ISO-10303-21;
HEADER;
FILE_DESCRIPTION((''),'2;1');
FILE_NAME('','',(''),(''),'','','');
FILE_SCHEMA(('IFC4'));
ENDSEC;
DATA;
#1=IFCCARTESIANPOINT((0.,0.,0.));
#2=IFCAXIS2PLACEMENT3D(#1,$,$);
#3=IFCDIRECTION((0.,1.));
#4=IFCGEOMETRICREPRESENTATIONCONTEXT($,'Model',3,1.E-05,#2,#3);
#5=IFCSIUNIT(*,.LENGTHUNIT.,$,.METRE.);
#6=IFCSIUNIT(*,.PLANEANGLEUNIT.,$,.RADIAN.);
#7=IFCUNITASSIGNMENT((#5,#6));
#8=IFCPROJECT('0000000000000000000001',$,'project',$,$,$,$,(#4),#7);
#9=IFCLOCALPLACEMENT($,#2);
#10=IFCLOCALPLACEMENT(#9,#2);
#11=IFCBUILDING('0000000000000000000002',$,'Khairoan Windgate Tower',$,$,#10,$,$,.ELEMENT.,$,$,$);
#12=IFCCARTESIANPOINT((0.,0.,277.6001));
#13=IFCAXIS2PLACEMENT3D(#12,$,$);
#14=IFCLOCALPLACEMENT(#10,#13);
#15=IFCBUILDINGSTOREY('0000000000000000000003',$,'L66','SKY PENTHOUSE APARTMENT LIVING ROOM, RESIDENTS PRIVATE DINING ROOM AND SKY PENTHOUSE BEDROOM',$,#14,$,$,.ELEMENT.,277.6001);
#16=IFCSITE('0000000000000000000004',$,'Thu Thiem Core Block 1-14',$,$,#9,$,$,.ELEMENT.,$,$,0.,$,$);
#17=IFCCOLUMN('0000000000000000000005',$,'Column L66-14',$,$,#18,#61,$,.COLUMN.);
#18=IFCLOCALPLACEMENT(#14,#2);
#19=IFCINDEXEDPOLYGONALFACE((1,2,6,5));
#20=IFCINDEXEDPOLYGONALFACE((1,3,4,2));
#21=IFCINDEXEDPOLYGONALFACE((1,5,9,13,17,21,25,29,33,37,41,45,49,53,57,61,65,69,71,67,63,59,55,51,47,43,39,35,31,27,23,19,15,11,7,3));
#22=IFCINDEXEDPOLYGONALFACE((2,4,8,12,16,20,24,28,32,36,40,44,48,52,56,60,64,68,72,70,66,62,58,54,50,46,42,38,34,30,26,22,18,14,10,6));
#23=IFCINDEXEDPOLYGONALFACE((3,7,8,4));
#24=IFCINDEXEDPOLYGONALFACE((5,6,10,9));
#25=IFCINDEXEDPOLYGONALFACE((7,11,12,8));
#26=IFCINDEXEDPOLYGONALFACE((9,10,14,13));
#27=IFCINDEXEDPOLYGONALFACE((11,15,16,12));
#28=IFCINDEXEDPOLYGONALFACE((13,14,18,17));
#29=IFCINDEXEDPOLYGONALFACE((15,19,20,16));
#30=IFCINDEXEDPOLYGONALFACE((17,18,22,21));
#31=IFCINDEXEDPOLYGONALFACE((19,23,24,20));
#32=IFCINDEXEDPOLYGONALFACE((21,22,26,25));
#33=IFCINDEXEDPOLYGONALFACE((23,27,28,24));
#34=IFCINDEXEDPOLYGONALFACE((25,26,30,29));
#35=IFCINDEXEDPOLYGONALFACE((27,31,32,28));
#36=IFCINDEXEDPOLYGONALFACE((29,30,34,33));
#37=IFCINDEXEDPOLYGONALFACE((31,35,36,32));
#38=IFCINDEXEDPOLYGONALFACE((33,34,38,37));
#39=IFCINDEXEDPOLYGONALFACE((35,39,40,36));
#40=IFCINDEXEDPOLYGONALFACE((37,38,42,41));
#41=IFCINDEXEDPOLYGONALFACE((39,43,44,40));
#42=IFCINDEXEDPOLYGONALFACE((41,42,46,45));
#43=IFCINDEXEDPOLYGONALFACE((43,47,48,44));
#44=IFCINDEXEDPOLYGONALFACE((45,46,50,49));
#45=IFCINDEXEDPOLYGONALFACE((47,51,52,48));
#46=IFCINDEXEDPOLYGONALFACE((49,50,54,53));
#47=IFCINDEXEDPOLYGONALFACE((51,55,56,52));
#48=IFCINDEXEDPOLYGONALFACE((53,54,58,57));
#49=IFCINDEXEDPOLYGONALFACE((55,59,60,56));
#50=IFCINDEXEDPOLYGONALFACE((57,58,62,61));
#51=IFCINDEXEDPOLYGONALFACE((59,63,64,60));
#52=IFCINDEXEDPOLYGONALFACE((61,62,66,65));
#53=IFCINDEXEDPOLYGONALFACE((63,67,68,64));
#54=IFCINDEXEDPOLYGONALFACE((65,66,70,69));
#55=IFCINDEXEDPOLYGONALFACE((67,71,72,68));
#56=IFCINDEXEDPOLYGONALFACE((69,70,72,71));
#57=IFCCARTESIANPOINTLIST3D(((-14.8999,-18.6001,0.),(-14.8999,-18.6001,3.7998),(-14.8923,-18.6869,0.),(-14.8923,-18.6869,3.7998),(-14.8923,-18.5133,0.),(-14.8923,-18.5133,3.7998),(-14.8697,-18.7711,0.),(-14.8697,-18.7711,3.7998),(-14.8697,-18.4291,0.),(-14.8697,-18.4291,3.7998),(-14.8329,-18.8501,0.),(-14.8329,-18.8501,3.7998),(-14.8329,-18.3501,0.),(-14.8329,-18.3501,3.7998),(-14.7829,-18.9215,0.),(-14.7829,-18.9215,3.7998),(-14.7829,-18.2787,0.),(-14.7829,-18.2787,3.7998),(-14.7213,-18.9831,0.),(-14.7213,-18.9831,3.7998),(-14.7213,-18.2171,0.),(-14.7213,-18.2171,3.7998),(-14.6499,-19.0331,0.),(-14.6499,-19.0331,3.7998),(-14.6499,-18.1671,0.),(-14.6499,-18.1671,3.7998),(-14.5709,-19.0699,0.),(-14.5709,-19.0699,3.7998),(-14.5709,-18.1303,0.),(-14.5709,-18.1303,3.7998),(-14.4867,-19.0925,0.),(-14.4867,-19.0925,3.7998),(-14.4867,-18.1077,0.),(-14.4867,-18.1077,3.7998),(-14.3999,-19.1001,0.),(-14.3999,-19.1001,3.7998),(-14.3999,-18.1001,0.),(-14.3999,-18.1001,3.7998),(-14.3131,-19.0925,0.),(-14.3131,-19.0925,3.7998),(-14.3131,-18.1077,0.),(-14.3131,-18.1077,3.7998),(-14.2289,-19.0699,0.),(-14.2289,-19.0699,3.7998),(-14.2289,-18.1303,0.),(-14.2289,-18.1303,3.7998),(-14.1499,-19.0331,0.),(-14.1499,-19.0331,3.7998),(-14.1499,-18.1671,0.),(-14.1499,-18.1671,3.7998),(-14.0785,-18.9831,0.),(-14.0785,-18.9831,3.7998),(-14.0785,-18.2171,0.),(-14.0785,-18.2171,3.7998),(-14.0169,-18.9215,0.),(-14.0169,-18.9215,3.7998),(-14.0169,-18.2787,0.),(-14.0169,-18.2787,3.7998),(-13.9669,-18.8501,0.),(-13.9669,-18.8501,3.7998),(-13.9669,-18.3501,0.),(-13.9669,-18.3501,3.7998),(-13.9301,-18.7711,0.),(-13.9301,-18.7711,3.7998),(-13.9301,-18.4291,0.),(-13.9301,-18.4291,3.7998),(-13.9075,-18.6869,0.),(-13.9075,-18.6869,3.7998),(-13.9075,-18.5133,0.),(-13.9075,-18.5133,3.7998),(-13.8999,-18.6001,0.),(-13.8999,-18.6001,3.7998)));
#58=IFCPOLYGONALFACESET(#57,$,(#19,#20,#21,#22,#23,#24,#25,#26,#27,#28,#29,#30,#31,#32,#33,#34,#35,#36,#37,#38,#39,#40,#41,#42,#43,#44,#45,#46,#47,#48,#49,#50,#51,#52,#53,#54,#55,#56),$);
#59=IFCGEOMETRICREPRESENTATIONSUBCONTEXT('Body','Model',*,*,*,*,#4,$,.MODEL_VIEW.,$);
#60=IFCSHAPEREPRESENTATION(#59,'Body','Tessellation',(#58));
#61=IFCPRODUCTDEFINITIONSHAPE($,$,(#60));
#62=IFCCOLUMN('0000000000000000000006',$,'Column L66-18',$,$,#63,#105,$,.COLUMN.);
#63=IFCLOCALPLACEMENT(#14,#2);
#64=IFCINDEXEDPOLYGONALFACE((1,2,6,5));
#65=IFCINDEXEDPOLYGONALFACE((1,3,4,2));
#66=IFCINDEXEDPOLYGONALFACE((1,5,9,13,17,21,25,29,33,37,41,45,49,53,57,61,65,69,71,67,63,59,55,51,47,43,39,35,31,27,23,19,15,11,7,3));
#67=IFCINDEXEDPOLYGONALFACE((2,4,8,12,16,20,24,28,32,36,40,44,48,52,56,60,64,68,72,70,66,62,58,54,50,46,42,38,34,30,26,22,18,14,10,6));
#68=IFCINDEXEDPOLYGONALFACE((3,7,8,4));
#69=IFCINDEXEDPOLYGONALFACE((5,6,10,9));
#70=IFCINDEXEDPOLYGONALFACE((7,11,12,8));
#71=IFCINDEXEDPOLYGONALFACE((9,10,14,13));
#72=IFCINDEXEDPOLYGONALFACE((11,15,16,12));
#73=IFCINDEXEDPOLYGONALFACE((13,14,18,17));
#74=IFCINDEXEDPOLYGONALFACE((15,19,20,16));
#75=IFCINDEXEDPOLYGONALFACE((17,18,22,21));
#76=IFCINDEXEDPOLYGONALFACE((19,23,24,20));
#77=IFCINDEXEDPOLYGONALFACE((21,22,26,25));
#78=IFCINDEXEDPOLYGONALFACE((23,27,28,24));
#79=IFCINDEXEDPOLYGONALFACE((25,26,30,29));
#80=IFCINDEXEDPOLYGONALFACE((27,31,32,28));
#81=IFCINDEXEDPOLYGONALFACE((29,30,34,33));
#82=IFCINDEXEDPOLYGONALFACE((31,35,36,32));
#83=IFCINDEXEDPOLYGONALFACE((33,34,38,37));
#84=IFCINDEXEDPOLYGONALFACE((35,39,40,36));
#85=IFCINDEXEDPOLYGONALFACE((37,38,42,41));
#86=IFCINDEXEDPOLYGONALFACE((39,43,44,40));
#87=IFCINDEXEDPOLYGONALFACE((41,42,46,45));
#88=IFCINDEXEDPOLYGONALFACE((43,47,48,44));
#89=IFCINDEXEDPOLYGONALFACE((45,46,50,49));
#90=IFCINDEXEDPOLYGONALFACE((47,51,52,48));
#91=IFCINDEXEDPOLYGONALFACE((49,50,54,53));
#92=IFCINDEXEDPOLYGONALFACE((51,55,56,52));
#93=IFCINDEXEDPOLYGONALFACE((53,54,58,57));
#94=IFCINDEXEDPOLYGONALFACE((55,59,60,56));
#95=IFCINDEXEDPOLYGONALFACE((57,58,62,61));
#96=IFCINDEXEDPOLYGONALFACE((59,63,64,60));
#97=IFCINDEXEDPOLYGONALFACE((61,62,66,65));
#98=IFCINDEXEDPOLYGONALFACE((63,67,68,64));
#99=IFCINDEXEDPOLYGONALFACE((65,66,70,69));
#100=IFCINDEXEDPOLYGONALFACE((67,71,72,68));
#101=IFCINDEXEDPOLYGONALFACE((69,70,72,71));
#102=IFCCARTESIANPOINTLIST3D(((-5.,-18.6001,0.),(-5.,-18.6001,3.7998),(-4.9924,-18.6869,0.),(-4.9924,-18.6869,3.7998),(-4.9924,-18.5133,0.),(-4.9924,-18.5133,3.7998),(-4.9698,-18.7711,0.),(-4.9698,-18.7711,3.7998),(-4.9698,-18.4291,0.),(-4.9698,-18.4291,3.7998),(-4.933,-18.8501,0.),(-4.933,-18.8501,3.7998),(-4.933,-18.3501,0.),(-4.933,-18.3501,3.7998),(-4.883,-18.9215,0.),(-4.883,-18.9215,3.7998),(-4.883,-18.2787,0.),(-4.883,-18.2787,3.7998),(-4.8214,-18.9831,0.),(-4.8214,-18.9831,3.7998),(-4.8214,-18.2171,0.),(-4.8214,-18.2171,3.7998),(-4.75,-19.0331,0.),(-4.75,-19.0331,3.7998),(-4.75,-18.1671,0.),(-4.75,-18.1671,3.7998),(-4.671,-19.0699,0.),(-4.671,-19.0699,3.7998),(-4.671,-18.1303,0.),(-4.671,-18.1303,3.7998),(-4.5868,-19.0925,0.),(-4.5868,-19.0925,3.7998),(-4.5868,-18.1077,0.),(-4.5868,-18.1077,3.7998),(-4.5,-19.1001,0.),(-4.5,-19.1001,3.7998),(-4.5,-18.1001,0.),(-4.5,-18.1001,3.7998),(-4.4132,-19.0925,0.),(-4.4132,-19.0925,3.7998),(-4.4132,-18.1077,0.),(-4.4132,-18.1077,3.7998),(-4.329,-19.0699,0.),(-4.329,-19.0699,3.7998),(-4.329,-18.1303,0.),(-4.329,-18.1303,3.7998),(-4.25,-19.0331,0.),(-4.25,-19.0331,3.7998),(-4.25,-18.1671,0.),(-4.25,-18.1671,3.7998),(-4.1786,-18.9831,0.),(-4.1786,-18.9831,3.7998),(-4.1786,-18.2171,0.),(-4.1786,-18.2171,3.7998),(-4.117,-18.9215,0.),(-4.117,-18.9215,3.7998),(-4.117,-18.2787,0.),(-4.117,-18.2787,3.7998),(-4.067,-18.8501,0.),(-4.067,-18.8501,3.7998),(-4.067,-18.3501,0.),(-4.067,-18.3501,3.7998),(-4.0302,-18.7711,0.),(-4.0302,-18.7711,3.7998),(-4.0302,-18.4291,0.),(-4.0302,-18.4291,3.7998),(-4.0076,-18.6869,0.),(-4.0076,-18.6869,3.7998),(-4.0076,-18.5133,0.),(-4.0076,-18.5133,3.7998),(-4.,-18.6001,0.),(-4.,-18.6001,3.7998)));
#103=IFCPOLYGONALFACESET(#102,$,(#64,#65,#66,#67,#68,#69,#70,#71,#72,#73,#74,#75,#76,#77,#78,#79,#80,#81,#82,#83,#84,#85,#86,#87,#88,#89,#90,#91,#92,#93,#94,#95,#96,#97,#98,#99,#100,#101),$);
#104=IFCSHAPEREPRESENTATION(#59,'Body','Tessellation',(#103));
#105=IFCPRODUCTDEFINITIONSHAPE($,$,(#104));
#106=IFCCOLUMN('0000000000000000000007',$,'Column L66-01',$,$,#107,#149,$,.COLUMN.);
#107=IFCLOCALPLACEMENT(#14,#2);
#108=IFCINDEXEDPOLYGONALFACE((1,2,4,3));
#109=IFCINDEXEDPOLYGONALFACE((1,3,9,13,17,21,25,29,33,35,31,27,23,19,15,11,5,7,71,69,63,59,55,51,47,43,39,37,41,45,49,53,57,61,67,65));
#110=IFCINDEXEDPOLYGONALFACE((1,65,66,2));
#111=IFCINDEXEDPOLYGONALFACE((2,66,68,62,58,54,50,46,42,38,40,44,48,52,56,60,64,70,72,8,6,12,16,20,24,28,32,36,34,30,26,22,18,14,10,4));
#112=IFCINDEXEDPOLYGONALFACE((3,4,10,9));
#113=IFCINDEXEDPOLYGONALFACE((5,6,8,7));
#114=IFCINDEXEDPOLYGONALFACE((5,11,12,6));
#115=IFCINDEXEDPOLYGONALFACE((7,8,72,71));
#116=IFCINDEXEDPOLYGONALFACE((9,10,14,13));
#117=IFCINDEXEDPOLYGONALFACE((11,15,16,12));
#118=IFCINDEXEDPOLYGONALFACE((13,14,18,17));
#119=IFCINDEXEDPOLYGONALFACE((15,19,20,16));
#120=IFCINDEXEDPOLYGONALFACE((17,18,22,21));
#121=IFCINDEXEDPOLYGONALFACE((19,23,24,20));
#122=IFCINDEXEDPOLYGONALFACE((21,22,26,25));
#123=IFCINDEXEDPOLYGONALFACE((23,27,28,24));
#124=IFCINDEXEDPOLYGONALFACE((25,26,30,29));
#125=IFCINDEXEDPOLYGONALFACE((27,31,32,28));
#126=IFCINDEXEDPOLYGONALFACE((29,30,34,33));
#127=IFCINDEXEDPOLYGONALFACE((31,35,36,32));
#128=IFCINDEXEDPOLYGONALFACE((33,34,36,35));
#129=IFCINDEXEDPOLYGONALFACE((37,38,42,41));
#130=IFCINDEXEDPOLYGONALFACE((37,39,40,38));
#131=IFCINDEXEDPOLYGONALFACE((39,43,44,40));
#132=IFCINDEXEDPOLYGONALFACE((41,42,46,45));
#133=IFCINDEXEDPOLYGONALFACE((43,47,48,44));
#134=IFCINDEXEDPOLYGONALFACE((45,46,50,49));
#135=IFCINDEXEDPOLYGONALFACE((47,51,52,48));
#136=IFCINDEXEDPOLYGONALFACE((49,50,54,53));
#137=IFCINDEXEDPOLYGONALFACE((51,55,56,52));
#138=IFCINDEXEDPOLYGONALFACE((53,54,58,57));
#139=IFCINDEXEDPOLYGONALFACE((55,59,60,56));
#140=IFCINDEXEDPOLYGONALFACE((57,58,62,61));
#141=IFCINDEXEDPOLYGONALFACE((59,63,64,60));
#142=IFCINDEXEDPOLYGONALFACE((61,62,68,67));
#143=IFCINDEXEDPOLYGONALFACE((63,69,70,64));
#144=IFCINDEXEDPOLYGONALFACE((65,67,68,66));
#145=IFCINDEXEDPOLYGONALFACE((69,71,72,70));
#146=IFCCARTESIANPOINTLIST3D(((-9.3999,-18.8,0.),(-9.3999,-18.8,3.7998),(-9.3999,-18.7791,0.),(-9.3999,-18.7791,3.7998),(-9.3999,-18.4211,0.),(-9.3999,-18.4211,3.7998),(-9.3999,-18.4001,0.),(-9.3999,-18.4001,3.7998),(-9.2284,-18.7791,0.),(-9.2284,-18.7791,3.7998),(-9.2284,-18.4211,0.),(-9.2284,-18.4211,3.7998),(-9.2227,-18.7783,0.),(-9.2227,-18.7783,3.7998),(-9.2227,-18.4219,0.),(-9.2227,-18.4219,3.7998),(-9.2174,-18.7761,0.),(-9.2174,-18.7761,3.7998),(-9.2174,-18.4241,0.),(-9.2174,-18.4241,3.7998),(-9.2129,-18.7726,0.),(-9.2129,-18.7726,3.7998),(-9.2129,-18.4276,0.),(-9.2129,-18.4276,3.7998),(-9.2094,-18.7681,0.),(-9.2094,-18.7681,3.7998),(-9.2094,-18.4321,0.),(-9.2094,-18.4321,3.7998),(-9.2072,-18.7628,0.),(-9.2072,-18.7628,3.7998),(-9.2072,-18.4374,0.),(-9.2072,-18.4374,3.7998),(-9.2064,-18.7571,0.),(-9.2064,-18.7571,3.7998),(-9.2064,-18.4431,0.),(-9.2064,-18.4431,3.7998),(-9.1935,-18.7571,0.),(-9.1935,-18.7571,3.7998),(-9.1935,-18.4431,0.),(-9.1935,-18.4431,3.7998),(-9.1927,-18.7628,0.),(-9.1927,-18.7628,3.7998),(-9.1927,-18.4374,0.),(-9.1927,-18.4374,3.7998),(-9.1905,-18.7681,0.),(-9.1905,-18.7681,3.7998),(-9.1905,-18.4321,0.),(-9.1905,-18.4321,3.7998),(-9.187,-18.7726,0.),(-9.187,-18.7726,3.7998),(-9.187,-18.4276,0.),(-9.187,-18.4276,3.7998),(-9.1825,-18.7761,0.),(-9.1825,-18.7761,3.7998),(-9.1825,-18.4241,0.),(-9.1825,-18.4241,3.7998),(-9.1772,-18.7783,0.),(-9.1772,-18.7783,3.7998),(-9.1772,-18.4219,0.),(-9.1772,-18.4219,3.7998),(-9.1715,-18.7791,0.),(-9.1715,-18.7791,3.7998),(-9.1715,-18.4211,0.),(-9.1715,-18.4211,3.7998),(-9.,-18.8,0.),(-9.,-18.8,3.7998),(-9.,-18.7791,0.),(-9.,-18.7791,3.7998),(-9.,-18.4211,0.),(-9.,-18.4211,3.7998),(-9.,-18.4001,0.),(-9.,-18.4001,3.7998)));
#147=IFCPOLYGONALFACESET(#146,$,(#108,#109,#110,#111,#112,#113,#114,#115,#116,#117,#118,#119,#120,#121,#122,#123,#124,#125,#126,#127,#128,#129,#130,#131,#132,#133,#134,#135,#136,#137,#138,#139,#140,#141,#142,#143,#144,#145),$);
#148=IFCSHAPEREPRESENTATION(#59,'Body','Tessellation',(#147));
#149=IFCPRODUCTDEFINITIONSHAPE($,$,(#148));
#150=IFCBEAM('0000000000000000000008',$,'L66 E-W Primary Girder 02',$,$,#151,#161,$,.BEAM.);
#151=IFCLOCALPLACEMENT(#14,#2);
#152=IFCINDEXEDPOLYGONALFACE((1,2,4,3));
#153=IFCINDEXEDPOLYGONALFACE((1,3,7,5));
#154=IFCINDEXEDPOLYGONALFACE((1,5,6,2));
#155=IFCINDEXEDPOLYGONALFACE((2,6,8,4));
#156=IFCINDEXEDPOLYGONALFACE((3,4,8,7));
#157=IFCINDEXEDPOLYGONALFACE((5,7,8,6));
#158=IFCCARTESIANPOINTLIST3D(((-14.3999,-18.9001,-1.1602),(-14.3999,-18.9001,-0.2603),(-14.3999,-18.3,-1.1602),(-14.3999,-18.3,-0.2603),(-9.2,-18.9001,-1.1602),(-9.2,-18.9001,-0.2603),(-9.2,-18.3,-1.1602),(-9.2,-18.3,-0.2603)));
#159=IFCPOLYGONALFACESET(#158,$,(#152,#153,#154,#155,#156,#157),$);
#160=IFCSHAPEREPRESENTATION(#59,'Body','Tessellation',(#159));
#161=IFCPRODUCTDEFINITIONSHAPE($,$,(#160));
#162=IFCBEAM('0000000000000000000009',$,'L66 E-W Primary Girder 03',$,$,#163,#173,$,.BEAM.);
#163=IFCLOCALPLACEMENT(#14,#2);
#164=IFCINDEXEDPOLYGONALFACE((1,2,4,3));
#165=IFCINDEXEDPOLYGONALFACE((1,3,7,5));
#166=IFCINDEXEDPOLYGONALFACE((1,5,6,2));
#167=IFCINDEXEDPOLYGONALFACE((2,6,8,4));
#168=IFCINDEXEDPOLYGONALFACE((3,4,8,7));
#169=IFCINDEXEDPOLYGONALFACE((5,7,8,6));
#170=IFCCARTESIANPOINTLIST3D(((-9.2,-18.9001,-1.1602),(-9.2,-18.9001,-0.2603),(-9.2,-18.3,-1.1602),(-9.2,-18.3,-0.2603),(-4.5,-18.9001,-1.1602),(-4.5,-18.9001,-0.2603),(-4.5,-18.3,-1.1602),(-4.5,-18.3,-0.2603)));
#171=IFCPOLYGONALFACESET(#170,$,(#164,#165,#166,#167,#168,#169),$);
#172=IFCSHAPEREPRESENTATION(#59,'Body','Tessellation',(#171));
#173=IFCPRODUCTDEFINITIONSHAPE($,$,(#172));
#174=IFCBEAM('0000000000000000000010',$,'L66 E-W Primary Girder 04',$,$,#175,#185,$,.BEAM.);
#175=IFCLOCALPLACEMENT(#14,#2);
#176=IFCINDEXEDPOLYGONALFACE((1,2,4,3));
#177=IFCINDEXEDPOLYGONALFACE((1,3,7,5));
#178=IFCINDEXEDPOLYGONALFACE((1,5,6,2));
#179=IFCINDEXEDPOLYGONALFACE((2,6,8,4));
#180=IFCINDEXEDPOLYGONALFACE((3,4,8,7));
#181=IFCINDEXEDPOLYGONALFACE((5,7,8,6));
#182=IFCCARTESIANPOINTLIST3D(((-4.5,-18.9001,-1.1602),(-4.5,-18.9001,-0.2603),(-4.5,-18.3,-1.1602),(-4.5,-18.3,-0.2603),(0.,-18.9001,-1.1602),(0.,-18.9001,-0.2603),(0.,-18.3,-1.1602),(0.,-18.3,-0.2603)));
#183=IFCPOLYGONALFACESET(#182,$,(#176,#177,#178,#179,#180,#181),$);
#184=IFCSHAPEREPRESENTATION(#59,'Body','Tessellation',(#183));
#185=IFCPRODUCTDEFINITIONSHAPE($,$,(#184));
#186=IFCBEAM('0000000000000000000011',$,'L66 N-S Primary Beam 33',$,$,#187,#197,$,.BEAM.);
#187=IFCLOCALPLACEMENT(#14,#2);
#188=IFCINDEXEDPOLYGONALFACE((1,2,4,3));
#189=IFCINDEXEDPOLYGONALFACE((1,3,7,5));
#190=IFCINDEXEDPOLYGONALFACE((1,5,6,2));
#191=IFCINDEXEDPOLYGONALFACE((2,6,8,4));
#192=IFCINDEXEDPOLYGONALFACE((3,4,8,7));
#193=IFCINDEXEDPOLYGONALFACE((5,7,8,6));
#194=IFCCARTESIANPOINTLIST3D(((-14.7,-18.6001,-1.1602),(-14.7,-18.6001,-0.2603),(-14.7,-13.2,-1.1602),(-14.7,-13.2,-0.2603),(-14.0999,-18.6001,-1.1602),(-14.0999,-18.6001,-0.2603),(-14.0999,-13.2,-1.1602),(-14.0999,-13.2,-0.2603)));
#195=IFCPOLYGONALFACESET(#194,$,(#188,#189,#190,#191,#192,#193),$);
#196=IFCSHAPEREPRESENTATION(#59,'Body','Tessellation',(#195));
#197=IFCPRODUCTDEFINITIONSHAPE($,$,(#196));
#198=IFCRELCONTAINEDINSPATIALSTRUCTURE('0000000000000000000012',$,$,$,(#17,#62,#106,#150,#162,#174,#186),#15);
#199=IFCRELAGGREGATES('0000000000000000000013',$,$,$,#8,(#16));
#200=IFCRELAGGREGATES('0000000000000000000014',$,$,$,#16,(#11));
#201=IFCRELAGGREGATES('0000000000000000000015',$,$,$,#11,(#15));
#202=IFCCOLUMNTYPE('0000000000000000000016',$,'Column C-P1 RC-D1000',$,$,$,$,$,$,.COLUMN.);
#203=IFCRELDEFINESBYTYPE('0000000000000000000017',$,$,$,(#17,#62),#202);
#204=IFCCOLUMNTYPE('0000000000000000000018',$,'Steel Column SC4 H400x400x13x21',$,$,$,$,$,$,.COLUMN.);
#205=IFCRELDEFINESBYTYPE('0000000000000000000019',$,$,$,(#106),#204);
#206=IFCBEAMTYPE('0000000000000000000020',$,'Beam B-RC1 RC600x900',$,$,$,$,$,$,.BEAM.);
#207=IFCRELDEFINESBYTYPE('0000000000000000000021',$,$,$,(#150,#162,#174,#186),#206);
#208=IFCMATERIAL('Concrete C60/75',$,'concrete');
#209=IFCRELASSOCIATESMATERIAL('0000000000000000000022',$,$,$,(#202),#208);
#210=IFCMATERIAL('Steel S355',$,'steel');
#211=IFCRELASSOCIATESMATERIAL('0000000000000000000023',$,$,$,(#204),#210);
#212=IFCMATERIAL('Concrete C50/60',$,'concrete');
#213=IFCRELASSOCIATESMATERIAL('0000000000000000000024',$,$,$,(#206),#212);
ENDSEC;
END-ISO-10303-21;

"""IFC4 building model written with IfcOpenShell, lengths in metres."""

from ifc_helpers import new_model, si_unit, direction, frame, origin, origin_2d, place, context, subcontext, project, spatial, rectangle, circle, i_section, extrude, material, material_profile, profile_set, type_object, element, save


model = new_model("IFC4")

# Units and contexts
model_context = context("Model", 3, precision=1e-05, world=origin(), true_north=direction((0.0, 1.0)))
body_context = subcontext(model_context, "Body", "Model", "MODEL_VIEW")
ifc_project = project(units=[si_unit("LENGTHUNIT", "METRE"), si_unit("PLANEANGLEUNIT", "RADIAN")], contexts=[model_context])

# Site, building, storey
site_placement = place(None, origin())
site = spatial("IfcSite", under=ifc_project, at=site_placement, Name="Thu Thiem Core Block 1-14", CompositionType="ELEMENT", RefElevation=0.0)
building_placement = place(site_placement, origin())
building = spatial("IfcBuilding", under=site, at=building_placement, Name="Khairoan Windgate Tower", CompositionType="ELEMENT")
storey_placement = place(building_placement, frame((0.0, 0.0, 277.6001)))
storey = spatial("IfcBuildingStorey", under=building, at=storey_placement, Name="L66", Description="SKY PENTHOUSE APARTMENT LIVING ROOM, RESIDENTS PRIVATE DINING ROOM AND SKY PENTHOUSE BEDROOM", CompositionType="ELEMENT", Elevation=277.6001)

# Columns
ifc_material_1 = material(Name="Concrete C60/75", Category="concrete")
ifc_material_profile_1 = material_profile(ifc_material_1, circle(Radius=0.5, at=origin_2d()))
ifc_profile_set_1 = profile_set([ifc_material_profile_1], Name="Concrete C60/75")
column_type_1 = type_object("IfcColumnType", Name="Column C-P1 RC-D1000", PredefinedType="COLUMN", material=ifc_profile_set_1)
for number, where, z_axis, x_axis, name in (
    (1, (-14.3999, -18.6001, 0.0), (0.0, 0.0, 1.0), (1.0, 0.0, 0.0), "Column L66-14"),
    (2, (-4.5, -18.6001, 0.0), (0.0, 0.0, 1.0), (1.0, 0.0, 0.0), "Column L66-18"),
):
    element("IfcColumn", number, at=place(storey_placement, frame(where, z_axis=z_axis, x_axis=x_axis)), inside=storey, type_object=column_type_1, Name=name, PredefinedType="COLUMN", context=body_context, shape_type="SweptSolid", body=[
        extrude(circle(Radius=0.5, at=origin_2d()), origin(), (0.0, 0.0, 1.0), 3.7998),
    ])
ifc_material_2 = material(Name="Steel S355", Category="steel")
ifc_material_profile_2 = material_profile(ifc_material_2, i_section(OverallWidth=0.3999, OverallDepth=0.3999, WebThickness=0.0129, FlangeThickness=0.021, FilletRadius=0.022, at=origin_2d()))
ifc_profile_set_2 = profile_set([ifc_material_profile_2], Name="Steel S355")
column_type_2 = type_object("IfcColumnType", Name="Steel Column SC4 H400x400x13x21", PredefinedType="COLUMN", material=ifc_profile_set_2)
column_placement = place(storey_placement, frame((-9.2, -18.6001, 0.0), z_axis=(0.0, 0.0, 1.0), x_axis=(1.0, 0.0, 0.0)))
element("IfcColumn", 3, at=column_placement, inside=storey, type_object=column_type_2, Name="Column L66-01", PredefinedType="COLUMN", context=body_context, shape_type="SweptSolid", body=[
    extrude(i_section(OverallWidth=0.3999, OverallDepth=0.3999, WebThickness=0.0129, FlangeThickness=0.021, FilletRadius=0.022, at=origin_2d()), origin(), (0.0, 0.0, 1.0), 3.7998),
])

# Beams
ifc_material_3 = material(Name="Concrete C50/60", Category="concrete")
ifc_material_profile_3 = material_profile(ifc_material_3, rectangle(XDim=0.6001, YDim=0.8999, at=origin_2d()))
ifc_profile_set_3 = profile_set([ifc_material_profile_3], Name="Concrete C50/60")
beam_type_1 = type_object("IfcBeamType", Name="Beam B-RC1 RC600x900", PredefinedType="BEAM", material=ifc_profile_set_3)
beam_1_placement = place(storey_placement, frame((-14.3999, -18.6001, -0.7102), z_axis=(1.0, 0.0, 0.0), x_axis=(0.0, 1.0, 0.0)))
element("IfcBeam", 4, at=beam_1_placement, inside=storey, type_object=beam_type_1, Name="L66 E-W Primary Girder 02", PredefinedType="BEAM", context=body_context, shape_type="SweptSolid", body=[
    extrude(rectangle(XDim=0.6001, YDim=0.8999, at=origin_2d()), origin(), (0.0, 0.0, 1.0), 5.2),
])
beam_2_placement = place(storey_placement, frame((-9.2, -18.6001, -0.7102), z_axis=(1.0, 0.0, 0.0), x_axis=(0.0, 1.0, 0.0)))
element("IfcBeam", 5, at=beam_2_placement, inside=storey, type_object=beam_type_1, Name="L66 E-W Primary Girder 03", PredefinedType="BEAM", context=body_context, shape_type="SweptSolid", body=[
    extrude(rectangle(XDim=0.6001, YDim=0.8999, at=origin_2d()), origin(), (0.0, 0.0, 1.0), 4.7),
])
beam_3_placement = place(storey_placement, frame((-4.5, -18.6001, -0.7102), z_axis=(1.0, 0.0, 0.0), x_axis=(0.0, 1.0, 0.0)))
element("IfcBeam", 6, at=beam_3_placement, inside=storey, type_object=beam_type_1, Name="L66 E-W Primary Girder 04", PredefinedType="BEAM", context=body_context, shape_type="SweptSolid", body=[
    extrude(rectangle(XDim=0.6001, YDim=0.8999, at=origin_2d()), origin(), (0.0, 0.0, 1.0), 4.5),
])
beam_4_placement = place(storey_placement, frame((-14.3999, -18.6001, -0.7102), z_axis=(0.0, 1.0, 0.0), x_axis=(-1.0, 0.0, 0.0)))
element("IfcBeam", 7, at=beam_4_placement, inside=storey, type_object=beam_type_1, Name="L66 N-S Primary Beam 33", PredefinedType="BEAM", context=body_context, shape_type="SweptSolid", body=[
    extrude(rectangle(XDim=0.6001, YDim=0.8999, at=origin_2d()), origin(), (0.0, 0.0, 1.0), 5.4001),
])

save(model, "model.ifc")
